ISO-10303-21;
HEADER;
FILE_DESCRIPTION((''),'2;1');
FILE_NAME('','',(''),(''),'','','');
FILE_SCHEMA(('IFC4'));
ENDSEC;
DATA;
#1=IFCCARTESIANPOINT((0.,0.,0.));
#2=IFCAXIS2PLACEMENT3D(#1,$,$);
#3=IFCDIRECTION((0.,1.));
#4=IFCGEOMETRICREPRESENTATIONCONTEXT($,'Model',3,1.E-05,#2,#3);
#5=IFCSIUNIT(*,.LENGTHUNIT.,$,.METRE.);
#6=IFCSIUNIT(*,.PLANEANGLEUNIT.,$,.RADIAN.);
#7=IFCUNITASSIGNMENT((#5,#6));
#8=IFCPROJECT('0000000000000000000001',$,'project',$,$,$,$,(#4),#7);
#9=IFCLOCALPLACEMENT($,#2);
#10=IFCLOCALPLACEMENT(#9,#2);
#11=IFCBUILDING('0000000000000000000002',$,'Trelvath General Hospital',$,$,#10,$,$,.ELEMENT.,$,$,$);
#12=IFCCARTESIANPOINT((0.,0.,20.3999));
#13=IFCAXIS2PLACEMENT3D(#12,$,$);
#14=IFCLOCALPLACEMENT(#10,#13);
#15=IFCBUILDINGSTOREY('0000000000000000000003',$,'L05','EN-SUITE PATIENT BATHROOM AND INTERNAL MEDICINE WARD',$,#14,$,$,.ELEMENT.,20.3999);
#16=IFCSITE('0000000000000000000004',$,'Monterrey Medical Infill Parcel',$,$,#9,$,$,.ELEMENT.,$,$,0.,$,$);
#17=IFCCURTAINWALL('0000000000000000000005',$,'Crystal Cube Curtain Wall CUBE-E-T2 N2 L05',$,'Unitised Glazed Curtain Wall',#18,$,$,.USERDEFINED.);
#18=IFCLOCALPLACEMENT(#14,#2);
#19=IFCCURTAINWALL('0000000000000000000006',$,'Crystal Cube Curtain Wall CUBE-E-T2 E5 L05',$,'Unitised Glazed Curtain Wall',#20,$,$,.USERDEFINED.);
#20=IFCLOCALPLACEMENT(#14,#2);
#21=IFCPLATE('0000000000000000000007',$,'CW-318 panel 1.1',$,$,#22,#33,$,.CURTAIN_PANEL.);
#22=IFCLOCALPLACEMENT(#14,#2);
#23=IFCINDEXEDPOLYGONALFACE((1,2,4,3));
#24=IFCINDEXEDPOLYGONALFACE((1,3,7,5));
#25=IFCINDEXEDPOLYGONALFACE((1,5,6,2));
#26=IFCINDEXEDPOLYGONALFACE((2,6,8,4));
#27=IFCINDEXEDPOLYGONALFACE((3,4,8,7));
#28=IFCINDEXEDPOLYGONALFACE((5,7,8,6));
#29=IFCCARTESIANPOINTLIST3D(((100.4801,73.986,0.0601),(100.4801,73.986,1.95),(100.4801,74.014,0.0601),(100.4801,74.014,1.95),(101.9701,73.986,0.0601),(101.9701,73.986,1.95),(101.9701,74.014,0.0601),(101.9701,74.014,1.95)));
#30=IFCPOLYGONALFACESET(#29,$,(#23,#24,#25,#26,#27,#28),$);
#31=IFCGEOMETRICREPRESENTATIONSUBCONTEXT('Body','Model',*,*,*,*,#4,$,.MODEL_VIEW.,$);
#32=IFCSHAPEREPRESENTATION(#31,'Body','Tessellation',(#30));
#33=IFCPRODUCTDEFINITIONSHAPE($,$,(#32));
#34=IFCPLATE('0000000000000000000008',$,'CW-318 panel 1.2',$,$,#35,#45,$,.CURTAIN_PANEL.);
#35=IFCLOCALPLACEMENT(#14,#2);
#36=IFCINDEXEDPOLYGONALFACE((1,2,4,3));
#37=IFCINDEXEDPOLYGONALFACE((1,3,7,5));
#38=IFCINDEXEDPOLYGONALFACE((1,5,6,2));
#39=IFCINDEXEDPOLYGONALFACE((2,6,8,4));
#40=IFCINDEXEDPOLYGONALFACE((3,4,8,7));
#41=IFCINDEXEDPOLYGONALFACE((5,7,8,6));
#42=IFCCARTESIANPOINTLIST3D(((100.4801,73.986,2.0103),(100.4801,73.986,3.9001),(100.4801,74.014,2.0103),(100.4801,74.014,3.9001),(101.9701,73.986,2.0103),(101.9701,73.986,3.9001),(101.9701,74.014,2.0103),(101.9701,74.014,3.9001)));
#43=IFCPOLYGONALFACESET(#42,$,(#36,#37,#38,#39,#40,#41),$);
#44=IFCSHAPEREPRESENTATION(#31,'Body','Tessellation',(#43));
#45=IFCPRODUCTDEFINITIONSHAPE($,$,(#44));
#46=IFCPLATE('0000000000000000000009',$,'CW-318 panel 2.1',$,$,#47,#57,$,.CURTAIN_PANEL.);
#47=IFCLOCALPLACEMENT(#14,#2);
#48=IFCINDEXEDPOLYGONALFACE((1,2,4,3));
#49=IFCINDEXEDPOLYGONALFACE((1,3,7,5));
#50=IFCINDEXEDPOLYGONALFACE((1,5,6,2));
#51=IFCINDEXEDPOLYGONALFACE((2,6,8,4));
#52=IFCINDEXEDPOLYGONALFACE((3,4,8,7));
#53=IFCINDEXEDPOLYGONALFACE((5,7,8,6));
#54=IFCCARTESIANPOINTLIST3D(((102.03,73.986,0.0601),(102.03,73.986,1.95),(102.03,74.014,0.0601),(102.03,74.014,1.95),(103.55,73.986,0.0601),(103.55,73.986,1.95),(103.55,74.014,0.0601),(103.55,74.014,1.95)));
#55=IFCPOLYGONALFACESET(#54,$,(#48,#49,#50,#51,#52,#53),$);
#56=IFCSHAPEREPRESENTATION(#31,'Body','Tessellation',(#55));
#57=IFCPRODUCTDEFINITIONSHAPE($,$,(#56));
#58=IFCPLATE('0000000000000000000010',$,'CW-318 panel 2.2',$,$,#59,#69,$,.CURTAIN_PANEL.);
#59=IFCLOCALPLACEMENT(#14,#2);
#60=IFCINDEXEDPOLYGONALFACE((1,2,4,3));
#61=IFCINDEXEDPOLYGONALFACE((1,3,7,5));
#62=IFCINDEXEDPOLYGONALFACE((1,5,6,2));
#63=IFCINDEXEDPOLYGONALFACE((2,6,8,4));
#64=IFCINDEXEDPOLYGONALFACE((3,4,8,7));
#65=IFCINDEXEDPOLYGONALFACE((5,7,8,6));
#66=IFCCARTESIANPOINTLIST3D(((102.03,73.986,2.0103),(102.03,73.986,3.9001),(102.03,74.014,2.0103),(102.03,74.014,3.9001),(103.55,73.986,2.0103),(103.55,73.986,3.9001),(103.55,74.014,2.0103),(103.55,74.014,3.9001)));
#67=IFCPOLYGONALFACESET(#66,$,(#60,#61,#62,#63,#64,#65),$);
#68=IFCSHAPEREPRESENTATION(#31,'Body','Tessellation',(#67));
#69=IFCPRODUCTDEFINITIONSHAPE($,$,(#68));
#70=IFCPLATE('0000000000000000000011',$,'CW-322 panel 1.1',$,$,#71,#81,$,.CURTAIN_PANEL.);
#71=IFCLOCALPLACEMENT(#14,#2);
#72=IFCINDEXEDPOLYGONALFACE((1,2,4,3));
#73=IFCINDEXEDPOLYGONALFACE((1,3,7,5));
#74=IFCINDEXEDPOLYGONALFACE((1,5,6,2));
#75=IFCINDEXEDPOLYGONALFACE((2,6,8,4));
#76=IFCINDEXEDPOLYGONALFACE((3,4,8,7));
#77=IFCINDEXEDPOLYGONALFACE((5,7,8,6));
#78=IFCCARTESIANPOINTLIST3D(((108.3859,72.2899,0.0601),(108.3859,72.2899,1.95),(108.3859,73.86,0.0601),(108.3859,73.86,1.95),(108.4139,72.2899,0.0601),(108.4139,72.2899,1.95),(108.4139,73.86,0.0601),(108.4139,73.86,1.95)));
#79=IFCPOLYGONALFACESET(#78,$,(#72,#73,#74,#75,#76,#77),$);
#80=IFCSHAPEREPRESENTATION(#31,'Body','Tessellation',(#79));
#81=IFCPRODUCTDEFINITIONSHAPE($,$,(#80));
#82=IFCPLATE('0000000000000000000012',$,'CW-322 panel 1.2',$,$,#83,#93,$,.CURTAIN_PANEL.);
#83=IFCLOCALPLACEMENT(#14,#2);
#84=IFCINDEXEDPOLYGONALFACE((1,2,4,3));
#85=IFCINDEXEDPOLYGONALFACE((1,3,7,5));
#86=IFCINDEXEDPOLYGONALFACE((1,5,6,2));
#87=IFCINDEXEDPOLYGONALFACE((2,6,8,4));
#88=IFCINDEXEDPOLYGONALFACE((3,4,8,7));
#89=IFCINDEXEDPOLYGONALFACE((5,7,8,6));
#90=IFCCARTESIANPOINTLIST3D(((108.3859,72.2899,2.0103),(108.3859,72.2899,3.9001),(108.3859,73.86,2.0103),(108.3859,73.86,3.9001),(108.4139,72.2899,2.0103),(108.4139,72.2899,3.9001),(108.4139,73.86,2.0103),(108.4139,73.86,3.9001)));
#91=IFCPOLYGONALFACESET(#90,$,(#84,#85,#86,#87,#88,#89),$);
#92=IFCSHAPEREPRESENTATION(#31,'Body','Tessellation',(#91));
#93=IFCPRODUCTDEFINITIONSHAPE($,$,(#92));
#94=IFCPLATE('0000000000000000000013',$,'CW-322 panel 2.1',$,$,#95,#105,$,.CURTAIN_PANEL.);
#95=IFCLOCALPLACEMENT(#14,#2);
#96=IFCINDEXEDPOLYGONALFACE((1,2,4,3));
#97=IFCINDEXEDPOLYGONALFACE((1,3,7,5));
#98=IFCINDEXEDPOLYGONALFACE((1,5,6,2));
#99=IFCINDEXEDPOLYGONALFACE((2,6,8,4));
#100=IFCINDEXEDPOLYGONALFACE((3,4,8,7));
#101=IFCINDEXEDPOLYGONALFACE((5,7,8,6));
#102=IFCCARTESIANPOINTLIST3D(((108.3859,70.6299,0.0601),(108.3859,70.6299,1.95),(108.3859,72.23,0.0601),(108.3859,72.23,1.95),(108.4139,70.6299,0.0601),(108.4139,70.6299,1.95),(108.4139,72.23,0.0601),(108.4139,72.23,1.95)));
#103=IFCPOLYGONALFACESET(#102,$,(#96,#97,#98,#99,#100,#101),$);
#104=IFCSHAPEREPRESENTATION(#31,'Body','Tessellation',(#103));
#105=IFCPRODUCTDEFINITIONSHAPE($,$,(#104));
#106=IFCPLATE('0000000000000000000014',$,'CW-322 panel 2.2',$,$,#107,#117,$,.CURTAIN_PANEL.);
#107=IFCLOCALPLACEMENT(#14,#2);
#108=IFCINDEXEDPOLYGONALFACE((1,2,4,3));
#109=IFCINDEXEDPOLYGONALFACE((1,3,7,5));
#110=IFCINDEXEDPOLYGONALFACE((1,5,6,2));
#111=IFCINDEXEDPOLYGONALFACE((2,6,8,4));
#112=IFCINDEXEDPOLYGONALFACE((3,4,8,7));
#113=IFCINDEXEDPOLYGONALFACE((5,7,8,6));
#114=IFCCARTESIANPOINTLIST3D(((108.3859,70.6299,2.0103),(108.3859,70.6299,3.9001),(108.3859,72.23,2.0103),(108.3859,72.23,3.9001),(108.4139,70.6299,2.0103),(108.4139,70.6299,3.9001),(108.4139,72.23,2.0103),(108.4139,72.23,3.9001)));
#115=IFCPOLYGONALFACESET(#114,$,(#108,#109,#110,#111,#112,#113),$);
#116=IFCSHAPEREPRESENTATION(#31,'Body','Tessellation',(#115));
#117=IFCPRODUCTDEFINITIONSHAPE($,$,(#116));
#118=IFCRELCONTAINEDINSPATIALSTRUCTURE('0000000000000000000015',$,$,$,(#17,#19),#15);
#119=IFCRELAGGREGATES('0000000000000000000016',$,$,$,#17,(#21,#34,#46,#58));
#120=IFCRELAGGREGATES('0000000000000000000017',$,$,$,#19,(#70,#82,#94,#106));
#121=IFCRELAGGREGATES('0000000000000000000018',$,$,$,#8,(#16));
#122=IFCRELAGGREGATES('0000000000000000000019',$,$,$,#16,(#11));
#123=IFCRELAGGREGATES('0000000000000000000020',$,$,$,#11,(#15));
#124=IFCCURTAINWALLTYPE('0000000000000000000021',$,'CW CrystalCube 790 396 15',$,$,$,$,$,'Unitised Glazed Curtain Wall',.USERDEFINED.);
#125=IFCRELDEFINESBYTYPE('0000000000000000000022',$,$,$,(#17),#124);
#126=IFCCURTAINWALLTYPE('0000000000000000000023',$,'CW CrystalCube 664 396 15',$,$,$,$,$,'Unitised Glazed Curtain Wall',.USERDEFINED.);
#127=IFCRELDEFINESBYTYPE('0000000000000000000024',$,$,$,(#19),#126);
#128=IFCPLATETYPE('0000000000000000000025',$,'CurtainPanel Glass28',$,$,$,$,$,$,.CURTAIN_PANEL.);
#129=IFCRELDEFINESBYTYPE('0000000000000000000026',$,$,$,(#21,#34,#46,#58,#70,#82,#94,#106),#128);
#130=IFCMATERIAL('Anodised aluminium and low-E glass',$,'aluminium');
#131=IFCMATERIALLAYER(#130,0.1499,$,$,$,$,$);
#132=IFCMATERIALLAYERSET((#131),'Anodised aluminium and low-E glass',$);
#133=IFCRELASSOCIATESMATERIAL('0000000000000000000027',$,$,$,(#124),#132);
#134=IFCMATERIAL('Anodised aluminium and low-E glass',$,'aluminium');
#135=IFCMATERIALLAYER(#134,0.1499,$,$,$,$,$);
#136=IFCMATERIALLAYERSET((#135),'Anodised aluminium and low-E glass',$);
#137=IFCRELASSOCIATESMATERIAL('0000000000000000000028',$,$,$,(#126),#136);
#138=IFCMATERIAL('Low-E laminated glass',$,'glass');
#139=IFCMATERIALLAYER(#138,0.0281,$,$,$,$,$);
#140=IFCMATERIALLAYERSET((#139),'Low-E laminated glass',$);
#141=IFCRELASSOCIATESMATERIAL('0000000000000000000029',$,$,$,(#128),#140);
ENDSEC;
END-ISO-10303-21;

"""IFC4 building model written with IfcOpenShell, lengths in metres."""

from ifc_helpers import new_model, si_unit, direction, frame, origin, origin_2d, place, context, subcontext, project, spatial, rectangle, extrude, material, layer, layer_set, type_object, element, aggregate, save


model = new_model("IFC4")

# Units and contexts
model_context = context("Model", 3, precision=1e-05, world=origin(), true_north=direction((0.0, 1.0)))
body_context = subcontext(model_context, "Body", "Model", "MODEL_VIEW")
ifc_project = project(units=[si_unit("LENGTHUNIT", "METRE"), si_unit("PLANEANGLEUNIT", "RADIAN")], contexts=[model_context])

# Site, building, storey
site_placement = place(None, origin())
site = spatial("IfcSite", under=ifc_project, at=site_placement, Name="Monterrey Medical Infill Parcel", CompositionType="ELEMENT", RefElevation=0.0)
building_placement = place(site_placement, origin())
building = spatial("IfcBuilding", under=site, at=building_placement, Name="Trelvath General Hospital", CompositionType="ELEMENT")
storey_placement = place(building_placement, frame((0.0, 0.0, 20.3999)))
storey = spatial("IfcBuildingStorey", under=building, at=storey_placement, Name="L05", Description="EN-SUITE PATIENT BATHROOM AND INTERNAL MEDICINE WARD", CompositionType="ELEMENT", Elevation=20.3999)

# Shared definitions
ifc_material_1 = material(Name="Anodised aluminium and low-E glass", Category="aluminium")
ifc_layer_1 = layer(ifc_material_1, 0.1499)
ifc_layer_set_1 = layer_set([ifc_layer_1], Name="Anodised aluminium and low-E glass")
curtain_wall_type_1 = type_object("IfcCurtainWallType", Name="CW CrystalCube 790 396 15", ElementType="Unitised Glazed Curtain Wall", PredefinedType="USERDEFINED", material=ifc_layer_set_1)

# Curtain wall
curtain_wall_1_placement = place(storey_placement, origin())
curtain_wall_1 = element("IfcCurtainWall", 1, at=curtain_wall_1_placement, inside=storey, type_object=curtain_wall_type_1, Name="Crystal Cube Curtain Wall CUBE-E-T2 N2 L05", ObjectType="Unitised Glazed Curtain Wall", PredefinedType="USERDEFINED")

# Curtain wall
ifc_material_2 = material(Name="Anodised aluminium and low-E glass", Category="aluminium")
ifc_layer_2 = layer(ifc_material_2, 0.1499)
ifc_layer_set_2 = layer_set([ifc_layer_2], Name="Anodised aluminium and low-E glass")
curtain_wall_type_2 = type_object("IfcCurtainWallType", Name="CW CrystalCube 664 396 15", ElementType="Unitised Glazed Curtain Wall", PredefinedType="USERDEFINED", material=ifc_layer_set_2)
curtain_wall_2_placement = place(storey_placement, origin())
curtain_wall_2 = element("IfcCurtainWall", 2, at=curtain_wall_2_placement, inside=storey, type_object=curtain_wall_type_2, Name="Crystal Cube Curtain Wall CUBE-E-T2 E5 L05", ObjectType="Unitised Glazed Curtain Wall", PredefinedType="USERDEFINED")

# Plates
ifc_material_3 = material(Name="Low-E laminated glass", Category="glass")
ifc_layer_3 = layer(ifc_material_3, 0.0281)
ifc_layer_set_3 = layer_set([ifc_layer_3], Name="Low-E laminated glass")
plate_type = type_object("IfcPlateType", Name="CurtainPanel Glass28", PredefinedType="CURTAIN_PANEL", material=ifc_layer_set_3)
plate_1_placement = place(storey_placement, frame((101.2251, 74.0, 0.0601), z_axis=(0.0, 0.0, 1.0), x_axis=(1.0, 0.0, 0.0)))
plate_1 = element("IfcPlate", 3, at=plate_1_placement, type_object=plate_type, Name="CW-318 panel 1.1", PredefinedType="CURTAIN_PANEL", context=body_context, shape_type="SweptSolid", body=[
    extrude(rectangle(XDim=1.49, YDim=0.0281, at=origin_2d()), origin(), (0.0, 0.0, 1.0), 1.8899),
])
plate_2_placement = place(storey_placement, frame((101.2251, 74.0, 2.0103), z_axis=(0.0, 0.0, 1.0), x_axis=(1.0, 0.0, 0.0)))
plate_2 = element("IfcPlate", 4, at=plate_2_placement, type_object=plate_type, Name="CW-318 panel 1.2", PredefinedType="CURTAIN_PANEL", context=body_context, shape_type="SweptSolid", body=[
    extrude(rectangle(XDim=1.49, YDim=0.0281, at=origin_2d()), origin(), (0.0, 0.0, 1.0), 1.8899),
])
plate_3_placement = place(storey_placement, frame((102.79, 74.0, 0.0601), z_axis=(0.0, 0.0, 1.0), x_axis=(1.0, 0.0, 0.0)))
plate_3 = element("IfcPlate", 5, at=plate_3_placement, type_object=plate_type, Name="CW-318 panel 2.1", PredefinedType="CURTAIN_PANEL", context=body_context, shape_type="SweptSolid", body=[
    extrude(rectangle(XDim=1.52, YDim=0.0281, at=origin_2d()), origin(), (0.0, 0.0, 1.0), 1.8899),
])
plate_4_placement = place(storey_placement, frame((102.79, 74.0, 2.0103), z_axis=(0.0, 0.0, 1.0), x_axis=(1.0, 0.0, 0.0)))
plate_4 = element("IfcPlate", 6, at=plate_4_placement, type_object=plate_type, Name="CW-318 panel 2.2", PredefinedType="CURTAIN_PANEL", context=body_context, shape_type="SweptSolid", body=[
    extrude(rectangle(XDim=1.52, YDim=0.0281, at=origin_2d()), origin(), (0.0, 0.0, 1.0), 1.8899),
])
aggregate(curtain_wall_1, [plate_1, plate_2, plate_3, plate_4])
plate_5_placement = place(storey_placement, frame((108.3999, 73.075, 0.0601), z_axis=(0.0, 0.0, 1.0), x_axis=(0.0, -1.0, 0.0)))
plate_5 = element("IfcPlate", 7, at=plate_5_placement, type_object=plate_type, Name="CW-322 panel 1.1", PredefinedType="CURTAIN_PANEL", context=body_context, shape_type="SweptSolid", body=[
    extrude(rectangle(XDim=1.5701, YDim=0.0281, at=origin_2d()), origin(), (0.0, 0.0, 1.0), 1.8899),
])
plate_6_placement = place(storey_placement, frame((108.3999, 73.075, 2.0103), z_axis=(0.0, 0.0, 1.0), x_axis=(0.0, -1.0, 0.0)))
plate_6 = element("IfcPlate", 8, at=plate_6_placement, type_object=plate_type, Name="CW-322 panel 1.2", PredefinedType="CURTAIN_PANEL", context=body_context, shape_type="SweptSolid", body=[
    extrude(rectangle(XDim=1.5701, YDim=0.0281, at=origin_2d()), origin(), (0.0, 0.0, 1.0), 1.8899),
])
plate_7_placement = place(storey_placement, frame((108.3999, 71.4299, 0.0601), z_axis=(0.0, 0.0, 1.0), x_axis=(0.0, -1.0, 0.0)))
plate_7 = element("IfcPlate", 9, at=plate_7_placement, type_object=plate_type, Name="CW-322 panel 2.1", PredefinedType="CURTAIN_PANEL", context=body_context, shape_type="SweptSolid", body=[
    extrude(rectangle(XDim=1.6001, YDim=0.0281, at=origin_2d()), origin(), (0.0, 0.0, 1.0), 1.8899),
])
plate_8_placement = place(storey_placement, frame((108.3999, 71.4299, 2.0103), z_axis=(0.0, 0.0, 1.0), x_axis=(0.0, -1.0, 0.0)))
plate_8 = element("IfcPlate", 10, at=plate_8_placement, type_object=plate_type, Name="CW-322 panel 2.2", PredefinedType="CURTAIN_PANEL", context=body_context, shape_type="SweptSolid", body=[
    extrude(rectangle(XDim=1.6001, YDim=0.0281, at=origin_2d()), origin(), (0.0, 0.0, 1.0), 1.8899),
])
aggregate(curtain_wall_2, [plate_5, plate_6, plate_7, plate_8])

save(model, "model.ifc")
